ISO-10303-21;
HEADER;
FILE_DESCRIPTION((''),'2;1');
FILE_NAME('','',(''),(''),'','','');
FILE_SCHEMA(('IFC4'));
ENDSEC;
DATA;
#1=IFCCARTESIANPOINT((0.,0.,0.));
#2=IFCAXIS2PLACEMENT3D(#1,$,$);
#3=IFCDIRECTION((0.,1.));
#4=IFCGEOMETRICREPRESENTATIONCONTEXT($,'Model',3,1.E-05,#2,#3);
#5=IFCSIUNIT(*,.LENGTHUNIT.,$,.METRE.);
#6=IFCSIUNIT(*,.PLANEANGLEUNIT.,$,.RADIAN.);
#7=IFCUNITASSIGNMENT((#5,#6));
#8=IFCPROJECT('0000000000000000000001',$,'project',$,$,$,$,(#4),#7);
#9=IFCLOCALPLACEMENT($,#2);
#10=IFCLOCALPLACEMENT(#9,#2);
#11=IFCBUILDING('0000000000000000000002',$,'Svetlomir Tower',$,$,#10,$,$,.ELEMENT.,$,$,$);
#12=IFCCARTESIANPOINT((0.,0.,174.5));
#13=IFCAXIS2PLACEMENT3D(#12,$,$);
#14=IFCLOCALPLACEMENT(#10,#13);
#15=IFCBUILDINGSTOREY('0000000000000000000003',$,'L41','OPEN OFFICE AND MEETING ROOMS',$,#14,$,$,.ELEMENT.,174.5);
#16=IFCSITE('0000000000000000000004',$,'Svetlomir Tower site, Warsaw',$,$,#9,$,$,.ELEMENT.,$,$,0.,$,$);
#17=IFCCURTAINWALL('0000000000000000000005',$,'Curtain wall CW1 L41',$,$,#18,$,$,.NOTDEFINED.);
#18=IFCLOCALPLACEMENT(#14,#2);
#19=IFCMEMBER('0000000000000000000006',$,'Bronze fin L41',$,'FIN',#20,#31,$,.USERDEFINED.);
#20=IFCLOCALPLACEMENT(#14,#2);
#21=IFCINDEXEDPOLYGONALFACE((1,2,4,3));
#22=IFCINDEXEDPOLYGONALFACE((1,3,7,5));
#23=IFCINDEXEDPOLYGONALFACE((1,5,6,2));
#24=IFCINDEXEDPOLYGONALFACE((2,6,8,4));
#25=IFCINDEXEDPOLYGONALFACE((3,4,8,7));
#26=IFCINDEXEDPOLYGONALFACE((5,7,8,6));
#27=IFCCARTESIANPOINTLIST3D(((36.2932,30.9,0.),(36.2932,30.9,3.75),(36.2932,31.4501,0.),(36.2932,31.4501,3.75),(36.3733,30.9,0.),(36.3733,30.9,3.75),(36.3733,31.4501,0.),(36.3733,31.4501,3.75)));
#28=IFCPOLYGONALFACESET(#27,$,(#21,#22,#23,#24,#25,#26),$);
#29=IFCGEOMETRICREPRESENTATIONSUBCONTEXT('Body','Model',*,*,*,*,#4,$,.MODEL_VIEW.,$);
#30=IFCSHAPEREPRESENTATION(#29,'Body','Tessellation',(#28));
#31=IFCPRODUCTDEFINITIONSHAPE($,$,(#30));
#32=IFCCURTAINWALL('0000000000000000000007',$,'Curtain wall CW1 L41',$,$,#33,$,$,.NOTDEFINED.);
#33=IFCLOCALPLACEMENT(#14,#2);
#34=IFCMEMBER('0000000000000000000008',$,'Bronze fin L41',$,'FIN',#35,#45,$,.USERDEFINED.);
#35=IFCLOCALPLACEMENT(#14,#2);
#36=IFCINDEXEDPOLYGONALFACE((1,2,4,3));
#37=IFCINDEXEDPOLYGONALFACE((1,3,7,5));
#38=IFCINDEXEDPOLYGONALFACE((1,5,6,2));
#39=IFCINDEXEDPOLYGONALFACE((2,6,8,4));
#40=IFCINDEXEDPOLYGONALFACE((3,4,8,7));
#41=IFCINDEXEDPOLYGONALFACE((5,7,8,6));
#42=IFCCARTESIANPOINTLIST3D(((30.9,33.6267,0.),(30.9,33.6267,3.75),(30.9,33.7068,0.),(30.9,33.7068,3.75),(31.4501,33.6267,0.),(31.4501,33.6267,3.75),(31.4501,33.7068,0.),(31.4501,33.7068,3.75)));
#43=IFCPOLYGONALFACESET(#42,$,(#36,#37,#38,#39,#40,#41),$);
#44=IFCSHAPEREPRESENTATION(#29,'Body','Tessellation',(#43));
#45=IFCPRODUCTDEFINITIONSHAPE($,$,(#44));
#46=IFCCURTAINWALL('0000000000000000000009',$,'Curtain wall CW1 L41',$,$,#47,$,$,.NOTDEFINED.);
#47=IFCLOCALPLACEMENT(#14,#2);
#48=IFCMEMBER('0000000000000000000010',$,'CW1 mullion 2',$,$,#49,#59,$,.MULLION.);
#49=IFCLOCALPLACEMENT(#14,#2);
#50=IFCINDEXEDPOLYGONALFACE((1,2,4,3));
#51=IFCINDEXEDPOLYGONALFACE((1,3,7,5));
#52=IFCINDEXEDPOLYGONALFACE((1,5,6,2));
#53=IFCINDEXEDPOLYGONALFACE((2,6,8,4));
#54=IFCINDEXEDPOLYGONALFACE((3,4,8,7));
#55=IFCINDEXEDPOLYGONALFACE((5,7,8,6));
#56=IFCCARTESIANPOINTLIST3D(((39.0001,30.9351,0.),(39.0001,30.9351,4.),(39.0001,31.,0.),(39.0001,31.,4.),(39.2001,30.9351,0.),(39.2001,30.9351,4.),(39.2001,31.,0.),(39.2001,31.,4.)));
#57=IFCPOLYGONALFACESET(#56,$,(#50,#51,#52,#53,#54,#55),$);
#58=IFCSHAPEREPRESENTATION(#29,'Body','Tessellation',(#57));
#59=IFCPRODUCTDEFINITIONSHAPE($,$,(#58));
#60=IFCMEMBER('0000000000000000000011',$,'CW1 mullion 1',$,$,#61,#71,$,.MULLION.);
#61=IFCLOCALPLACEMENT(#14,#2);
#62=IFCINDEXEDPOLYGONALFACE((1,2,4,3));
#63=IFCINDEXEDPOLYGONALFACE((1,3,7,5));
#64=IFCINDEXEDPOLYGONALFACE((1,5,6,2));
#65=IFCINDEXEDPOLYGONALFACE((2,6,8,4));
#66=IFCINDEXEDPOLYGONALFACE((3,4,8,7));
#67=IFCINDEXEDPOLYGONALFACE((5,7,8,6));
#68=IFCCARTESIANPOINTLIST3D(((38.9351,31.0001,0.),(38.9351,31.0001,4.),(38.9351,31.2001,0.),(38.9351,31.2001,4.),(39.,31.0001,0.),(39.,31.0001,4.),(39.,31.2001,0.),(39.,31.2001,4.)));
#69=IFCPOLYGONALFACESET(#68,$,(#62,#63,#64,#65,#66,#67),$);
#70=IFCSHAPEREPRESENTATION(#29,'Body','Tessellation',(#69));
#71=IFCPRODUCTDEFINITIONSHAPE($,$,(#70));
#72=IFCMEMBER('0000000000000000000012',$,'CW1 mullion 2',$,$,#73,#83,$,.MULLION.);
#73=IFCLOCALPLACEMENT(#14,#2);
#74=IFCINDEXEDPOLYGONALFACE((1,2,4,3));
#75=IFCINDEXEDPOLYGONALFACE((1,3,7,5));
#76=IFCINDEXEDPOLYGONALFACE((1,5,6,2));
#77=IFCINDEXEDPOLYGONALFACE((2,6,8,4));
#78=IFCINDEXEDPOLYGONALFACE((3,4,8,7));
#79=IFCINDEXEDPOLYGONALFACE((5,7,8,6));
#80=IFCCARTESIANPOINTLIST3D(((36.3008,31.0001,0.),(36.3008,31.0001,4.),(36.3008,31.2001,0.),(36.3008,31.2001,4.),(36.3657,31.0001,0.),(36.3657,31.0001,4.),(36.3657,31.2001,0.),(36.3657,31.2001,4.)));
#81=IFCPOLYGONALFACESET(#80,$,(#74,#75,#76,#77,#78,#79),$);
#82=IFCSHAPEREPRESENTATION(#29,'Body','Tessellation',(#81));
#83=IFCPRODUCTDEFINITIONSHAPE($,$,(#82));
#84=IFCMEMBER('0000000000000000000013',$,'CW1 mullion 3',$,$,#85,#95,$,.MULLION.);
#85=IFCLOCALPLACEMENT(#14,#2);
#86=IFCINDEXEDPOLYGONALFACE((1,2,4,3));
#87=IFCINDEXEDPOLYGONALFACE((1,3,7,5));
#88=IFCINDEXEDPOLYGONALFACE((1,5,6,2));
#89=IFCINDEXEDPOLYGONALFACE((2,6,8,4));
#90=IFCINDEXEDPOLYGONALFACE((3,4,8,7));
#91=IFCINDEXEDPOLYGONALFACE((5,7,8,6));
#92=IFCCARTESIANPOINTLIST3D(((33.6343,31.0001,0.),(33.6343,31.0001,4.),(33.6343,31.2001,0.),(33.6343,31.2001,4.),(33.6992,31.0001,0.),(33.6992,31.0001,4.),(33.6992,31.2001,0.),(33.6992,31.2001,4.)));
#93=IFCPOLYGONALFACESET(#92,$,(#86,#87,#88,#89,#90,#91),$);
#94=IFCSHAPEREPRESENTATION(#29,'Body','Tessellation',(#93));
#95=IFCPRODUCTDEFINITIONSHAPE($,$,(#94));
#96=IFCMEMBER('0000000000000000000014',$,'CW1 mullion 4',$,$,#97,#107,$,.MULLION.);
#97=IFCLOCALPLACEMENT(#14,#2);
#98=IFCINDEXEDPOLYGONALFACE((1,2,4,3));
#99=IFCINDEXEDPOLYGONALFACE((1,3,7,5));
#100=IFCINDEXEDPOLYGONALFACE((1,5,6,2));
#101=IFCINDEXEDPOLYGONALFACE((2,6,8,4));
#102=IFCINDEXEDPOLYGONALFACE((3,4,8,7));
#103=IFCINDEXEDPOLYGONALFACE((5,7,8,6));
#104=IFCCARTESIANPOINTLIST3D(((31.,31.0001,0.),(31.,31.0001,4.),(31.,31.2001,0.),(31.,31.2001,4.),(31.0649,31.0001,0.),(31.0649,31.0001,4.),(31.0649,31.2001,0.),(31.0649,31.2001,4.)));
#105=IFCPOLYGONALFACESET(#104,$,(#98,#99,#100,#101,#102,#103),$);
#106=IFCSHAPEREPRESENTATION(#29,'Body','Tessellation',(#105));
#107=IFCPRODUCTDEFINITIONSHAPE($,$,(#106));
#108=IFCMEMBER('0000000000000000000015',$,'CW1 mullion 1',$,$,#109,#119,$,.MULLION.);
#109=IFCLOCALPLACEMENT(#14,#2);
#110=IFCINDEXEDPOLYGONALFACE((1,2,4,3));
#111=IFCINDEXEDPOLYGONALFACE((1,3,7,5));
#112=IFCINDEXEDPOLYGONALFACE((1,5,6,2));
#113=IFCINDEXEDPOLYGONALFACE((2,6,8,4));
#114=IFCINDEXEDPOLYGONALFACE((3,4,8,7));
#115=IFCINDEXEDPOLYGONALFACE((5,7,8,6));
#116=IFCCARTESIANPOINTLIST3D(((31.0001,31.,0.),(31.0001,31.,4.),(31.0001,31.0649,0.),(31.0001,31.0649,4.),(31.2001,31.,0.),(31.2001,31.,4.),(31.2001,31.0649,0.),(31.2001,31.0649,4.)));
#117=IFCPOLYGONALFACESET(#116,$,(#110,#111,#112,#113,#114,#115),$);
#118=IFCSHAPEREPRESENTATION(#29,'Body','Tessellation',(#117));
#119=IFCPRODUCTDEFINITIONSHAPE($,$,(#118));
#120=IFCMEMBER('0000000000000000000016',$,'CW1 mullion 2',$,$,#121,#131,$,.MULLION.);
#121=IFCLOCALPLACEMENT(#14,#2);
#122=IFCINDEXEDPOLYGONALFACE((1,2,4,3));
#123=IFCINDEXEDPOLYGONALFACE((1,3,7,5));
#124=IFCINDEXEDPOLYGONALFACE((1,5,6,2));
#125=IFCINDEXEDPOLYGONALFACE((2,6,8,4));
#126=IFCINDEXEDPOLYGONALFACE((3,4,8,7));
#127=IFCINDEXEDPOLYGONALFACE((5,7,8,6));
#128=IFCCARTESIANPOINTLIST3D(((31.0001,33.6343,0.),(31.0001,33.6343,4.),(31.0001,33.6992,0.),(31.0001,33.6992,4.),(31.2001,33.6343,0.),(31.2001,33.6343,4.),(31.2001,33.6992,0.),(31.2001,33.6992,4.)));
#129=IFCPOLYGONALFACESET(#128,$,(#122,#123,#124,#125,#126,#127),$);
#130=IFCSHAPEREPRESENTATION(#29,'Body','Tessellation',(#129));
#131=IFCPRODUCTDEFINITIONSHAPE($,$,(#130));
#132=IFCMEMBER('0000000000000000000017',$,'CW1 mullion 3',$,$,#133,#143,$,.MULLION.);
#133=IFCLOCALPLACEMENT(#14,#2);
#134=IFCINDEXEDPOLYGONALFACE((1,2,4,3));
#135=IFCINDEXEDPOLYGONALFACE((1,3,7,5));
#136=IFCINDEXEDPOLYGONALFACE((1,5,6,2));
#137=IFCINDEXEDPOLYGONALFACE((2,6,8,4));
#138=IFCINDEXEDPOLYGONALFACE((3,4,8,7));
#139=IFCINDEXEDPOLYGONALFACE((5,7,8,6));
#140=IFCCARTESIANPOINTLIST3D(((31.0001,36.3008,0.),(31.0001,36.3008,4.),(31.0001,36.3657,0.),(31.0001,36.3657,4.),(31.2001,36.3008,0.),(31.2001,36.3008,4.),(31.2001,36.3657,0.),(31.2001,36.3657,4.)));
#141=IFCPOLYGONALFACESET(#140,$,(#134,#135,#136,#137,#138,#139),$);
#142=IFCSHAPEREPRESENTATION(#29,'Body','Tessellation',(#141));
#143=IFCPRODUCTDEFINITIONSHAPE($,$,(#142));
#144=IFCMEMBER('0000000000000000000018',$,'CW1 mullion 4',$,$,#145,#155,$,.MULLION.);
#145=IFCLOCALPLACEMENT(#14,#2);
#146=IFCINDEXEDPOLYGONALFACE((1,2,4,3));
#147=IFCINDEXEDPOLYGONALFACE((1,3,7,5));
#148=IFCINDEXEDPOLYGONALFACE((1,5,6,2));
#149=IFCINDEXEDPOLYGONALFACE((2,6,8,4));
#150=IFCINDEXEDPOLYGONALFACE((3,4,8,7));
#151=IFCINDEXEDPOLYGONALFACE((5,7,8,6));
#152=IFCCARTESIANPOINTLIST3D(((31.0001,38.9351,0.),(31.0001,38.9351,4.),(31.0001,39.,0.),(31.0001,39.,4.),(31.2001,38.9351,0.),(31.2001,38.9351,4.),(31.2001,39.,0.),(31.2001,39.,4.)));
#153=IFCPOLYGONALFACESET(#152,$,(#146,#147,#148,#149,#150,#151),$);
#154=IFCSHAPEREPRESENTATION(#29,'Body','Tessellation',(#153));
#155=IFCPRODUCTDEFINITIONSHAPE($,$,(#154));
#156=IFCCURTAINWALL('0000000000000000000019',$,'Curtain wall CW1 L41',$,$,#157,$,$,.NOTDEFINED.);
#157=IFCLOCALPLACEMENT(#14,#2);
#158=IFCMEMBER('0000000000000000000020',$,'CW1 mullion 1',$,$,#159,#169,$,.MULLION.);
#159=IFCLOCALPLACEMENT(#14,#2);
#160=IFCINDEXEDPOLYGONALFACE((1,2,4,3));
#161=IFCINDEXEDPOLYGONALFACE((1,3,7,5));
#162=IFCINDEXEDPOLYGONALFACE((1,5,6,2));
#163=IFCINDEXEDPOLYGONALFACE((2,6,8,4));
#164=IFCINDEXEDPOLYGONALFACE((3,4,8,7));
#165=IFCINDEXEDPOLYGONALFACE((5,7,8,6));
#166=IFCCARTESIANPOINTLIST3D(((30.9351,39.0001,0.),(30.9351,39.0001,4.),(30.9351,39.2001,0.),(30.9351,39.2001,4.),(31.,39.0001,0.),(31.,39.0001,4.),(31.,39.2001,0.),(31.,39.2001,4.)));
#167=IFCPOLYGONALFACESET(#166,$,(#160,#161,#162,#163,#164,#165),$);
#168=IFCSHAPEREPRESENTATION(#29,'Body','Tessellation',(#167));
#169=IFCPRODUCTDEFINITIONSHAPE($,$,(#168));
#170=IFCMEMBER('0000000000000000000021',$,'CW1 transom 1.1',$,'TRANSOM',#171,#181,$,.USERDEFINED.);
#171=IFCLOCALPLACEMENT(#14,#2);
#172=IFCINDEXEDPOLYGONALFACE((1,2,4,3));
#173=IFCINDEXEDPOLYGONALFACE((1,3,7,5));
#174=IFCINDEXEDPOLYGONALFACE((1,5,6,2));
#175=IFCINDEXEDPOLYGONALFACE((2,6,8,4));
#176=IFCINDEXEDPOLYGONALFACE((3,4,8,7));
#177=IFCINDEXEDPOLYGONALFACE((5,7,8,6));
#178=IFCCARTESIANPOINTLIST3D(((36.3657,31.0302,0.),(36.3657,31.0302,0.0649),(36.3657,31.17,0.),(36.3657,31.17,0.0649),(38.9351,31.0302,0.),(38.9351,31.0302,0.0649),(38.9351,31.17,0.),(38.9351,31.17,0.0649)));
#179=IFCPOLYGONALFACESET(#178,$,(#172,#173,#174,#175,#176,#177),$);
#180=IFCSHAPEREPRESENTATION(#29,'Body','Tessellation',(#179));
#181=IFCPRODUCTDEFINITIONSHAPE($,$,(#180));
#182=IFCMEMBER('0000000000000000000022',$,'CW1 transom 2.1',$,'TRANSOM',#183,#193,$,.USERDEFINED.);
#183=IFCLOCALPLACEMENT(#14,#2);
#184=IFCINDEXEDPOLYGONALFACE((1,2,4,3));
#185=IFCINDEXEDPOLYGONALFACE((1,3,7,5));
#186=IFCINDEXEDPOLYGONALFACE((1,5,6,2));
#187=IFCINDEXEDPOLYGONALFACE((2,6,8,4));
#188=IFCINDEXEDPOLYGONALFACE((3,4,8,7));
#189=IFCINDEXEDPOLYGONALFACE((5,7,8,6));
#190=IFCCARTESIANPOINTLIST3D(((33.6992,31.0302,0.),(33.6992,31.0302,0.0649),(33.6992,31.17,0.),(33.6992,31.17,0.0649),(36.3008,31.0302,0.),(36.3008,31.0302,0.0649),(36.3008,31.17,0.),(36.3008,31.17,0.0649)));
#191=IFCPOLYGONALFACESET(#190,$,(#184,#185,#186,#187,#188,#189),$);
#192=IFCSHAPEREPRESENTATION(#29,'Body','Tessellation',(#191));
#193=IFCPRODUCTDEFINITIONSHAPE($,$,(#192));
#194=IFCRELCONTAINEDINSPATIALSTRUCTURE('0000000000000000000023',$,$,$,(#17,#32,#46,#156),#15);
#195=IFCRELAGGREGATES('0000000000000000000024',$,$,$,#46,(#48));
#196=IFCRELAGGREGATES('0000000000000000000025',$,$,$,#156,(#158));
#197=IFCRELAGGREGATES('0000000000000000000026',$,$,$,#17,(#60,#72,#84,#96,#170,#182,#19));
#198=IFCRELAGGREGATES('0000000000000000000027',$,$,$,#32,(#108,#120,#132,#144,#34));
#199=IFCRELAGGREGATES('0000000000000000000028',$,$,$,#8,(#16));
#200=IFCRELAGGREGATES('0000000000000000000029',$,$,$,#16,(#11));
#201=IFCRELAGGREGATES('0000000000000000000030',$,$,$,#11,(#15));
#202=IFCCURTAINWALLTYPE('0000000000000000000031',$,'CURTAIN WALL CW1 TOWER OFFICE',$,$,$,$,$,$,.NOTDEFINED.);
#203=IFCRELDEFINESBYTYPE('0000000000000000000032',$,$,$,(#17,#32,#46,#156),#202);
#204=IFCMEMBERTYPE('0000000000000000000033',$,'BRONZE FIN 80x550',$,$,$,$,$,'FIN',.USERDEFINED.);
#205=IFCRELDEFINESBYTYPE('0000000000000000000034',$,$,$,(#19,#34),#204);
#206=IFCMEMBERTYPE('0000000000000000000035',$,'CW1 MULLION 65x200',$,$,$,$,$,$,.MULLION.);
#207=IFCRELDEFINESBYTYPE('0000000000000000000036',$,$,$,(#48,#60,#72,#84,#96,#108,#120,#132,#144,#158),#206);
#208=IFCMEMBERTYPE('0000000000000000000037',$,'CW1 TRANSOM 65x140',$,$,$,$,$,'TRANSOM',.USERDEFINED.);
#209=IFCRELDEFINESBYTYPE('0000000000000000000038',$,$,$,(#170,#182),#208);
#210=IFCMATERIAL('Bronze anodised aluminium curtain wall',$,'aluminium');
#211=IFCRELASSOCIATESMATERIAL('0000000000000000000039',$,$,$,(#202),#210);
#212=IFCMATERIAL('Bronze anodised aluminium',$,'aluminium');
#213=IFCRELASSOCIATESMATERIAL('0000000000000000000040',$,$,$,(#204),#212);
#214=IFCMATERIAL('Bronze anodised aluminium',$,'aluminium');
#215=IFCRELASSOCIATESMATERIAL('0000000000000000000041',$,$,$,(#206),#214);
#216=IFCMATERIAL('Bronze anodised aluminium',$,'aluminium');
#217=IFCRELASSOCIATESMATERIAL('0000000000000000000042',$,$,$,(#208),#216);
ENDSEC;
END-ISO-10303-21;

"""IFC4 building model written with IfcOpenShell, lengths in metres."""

from ifc_helpers import new_model, si_unit, direction, frame, origin, origin_2d, place, context, subcontext, project, spatial, rectangle, extrude, material, material_profile, profile_set, type_object, element, aggregate, save


model = new_model("IFC4")

# Units and contexts
model_context = context("Model", 3, precision=1e-05, world=origin(), true_north=direction((0.0, 1.0)))
body_context = subcontext(model_context, "Body", "Model", "MODEL_VIEW")
ifc_project = project(units=[si_unit("LENGTHUNIT", "METRE"), si_unit("PLANEANGLEUNIT", "RADIAN")], contexts=[model_context])

# Site, building, storey
site_placement = place(None, origin())
site = spatial("IfcSite", under=ifc_project, at=site_placement, Name="Svetlomir Tower site, Warsaw", CompositionType="ELEMENT", RefElevation=0.0)
building_placement = place(site_placement, origin())
building = spatial("IfcBuilding", under=site, at=building_placement, Name="Svetlomir Tower", CompositionType="ELEMENT")
storey_placement = place(building_placement, frame((0.0, 0.0, 174.5)))
storey = spatial("IfcBuildingStorey", under=building, at=storey_placement, Name="L41", Description="OPEN OFFICE AND MEETING ROOMS", CompositionType="ELEMENT", Elevation=174.5)

# Curtain walls, members
ifc_material_1 = material(Name="Bronze anodised aluminium curtain wall", Category="aluminium")
curtain_wall_type = type_object("IfcCurtainWallType", Name="CURTAIN WALL CW1 TOWER OFFICE", PredefinedType="NOTDEFINED", material=ifc_material_1)
curtain_wall_1_placement = place(storey_placement, origin())
curtain_wall_1 = element("IfcCurtainWall", 1, at=curtain_wall_1_placement, inside=storey, type_object=curtain_wall_type, Name="Curtain wall CW1 L41", PredefinedType="NOTDEFINED")
ifc_material_2 = material(Name="Bronze anodised aluminium", Category="aluminium")
ifc_material_profile_1 = material_profile(ifc_material_2, rectangle(XDim=0.0801, YDim=0.55, at=origin_2d()), Name="FIN 80x550")
ifc_profile_set_1 = profile_set([ifc_material_profile_1], Name="Bronze anodised aluminium 6063-T6")
member_type_1 = type_object("IfcMemberType", Name="BRONZE FIN 80x550", ElementType="FIN", PredefinedType="USERDEFINED", material=ifc_profile_set_1)
member_1_placement = place(storey_placement, frame((36.3333, 31.175, 0.0), z_axis=(0.0, 0.0, 1.0), x_axis=(1.0, 0.0, 0.0)))
member_1 = element("IfcMember", 2, at=member_1_placement, type_object=member_type_1, Name="Bronze fin L41", ObjectType="FIN", PredefinedType="USERDEFINED", context=body_context, shape_type="SweptSolid", body=[
    extrude(rectangle(XDim=0.0801, YDim=0.55, at=origin_2d()), origin(), (0.0, 0.0, 1.0), 3.75),
])
curtain_wall_2_placement = place(storey_placement, origin())
curtain_wall_2 = element("IfcCurtainWall", 3, at=curtain_wall_2_placement, inside=storey, type_object=curtain_wall_type, Name="Curtain wall CW1 L41", PredefinedType="NOTDEFINED")
member_2_placement = place(storey_placement, frame((31.175, 33.6667, 0.0), z_axis=(0.0, 0.0, 1.0), x_axis=(0.0, 1.0, 0.0)))
member_2 = element("IfcMember", 4, at=member_2_placement, type_object=member_type_1, Name="Bronze fin L41", ObjectType="FIN", PredefinedType="USERDEFINED", context=body_context, shape_type="SweptSolid", body=[
    extrude(rectangle(XDim=0.0801, YDim=0.55, at=origin_2d()), origin(), (0.0, 0.0, 1.0), 3.75),
])
curtain_wall_3_placement = place(storey_placement, origin())
curtain_wall_3 = element("IfcCurtainWall", 5, at=curtain_wall_3_placement, inside=storey, type_object=curtain_wall_type, Name="Curtain wall CW1 L41", PredefinedType="NOTDEFINED")
ifc_material_3 = material(Name="Bronze anodised aluminium", Category="aluminium")
ifc_material_profile_2 = material_profile(ifc_material_3, rectangle(XDim=0.0649, YDim=0.2, at=origin_2d()), Name="AL 65x200")
ifc_profile_set_2 = profile_set([ifc_material_profile_2], Name="Bronze anodised aluminium 6063-T6")
member_type_2 = type_object("IfcMemberType", Name="CW1 MULLION 65x200", PredefinedType="MULLION", material=ifc_profile_set_2)
member_3_placement = place(storey_placement, frame((39.1001, 30.9675, 0.0), z_axis=(0.0, 0.0, 1.0), x_axis=(0.0, 1.0, 0.0)))
member_3 = element("IfcMember", 6, at=member_3_placement, type_object=member_type_2, Name="CW1 mullion 2", PredefinedType="MULLION", context=body_context, shape_type="SweptSolid", body=[
    extrude(rectangle(XDim=0.0649, YDim=0.2, at=origin_2d()), origin(), (0.0, 0.0, 1.0), 4.0),
])
aggregate(curtain_wall_3, [member_3])

# Members
member_4_placement = place(storey_placement, frame((38.9675, 31.1001, 0.0), z_axis=(0.0, 0.0, 1.0), x_axis=(-1.0, 0.0, 0.0)))
member_4 = element("IfcMember", 7, at=member_4_placement, type_object=member_type_2, Name="CW1 mullion 1", PredefinedType="MULLION", context=body_context, shape_type="SweptSolid", body=[
    extrude(rectangle(XDim=0.0649, YDim=0.2, at=origin_2d()), origin(), (0.0, 0.0, 1.0), 4.0),
])
member_5_placement = place(storey_placement, frame((36.3333, 31.1001, 0.0), z_axis=(0.0, 0.0, 1.0), x_axis=(-1.0, 0.0, 0.0)))
member_5 = element("IfcMember", 8, at=member_5_placement, type_object=member_type_2, Name="CW1 mullion 2", PredefinedType="MULLION", context=body_context, shape_type="SweptSolid", body=[
    extrude(rectangle(XDim=0.0649, YDim=0.2, at=origin_2d()), origin(), (0.0, 0.0, 1.0), 4.0),
])
member_6_placement = place(storey_placement, frame((33.6667, 31.1001, 0.0), z_axis=(0.0, 0.0, 1.0), x_axis=(-1.0, 0.0, 0.0)))
member_6 = element("IfcMember", 9, at=member_6_placement, type_object=member_type_2, Name="CW1 mullion 3", PredefinedType="MULLION", context=body_context, shape_type="SweptSolid", body=[
    extrude(rectangle(XDim=0.0649, YDim=0.2, at=origin_2d()), origin(), (0.0, 0.0, 1.0), 4.0),
])
member_7_placement = place(storey_placement, frame((31.0325, 31.1001, 0.0), z_axis=(0.0, 0.0, 1.0), x_axis=(-1.0, 0.0, 0.0)))
member_7 = element("IfcMember", 10, at=member_7_placement, type_object=member_type_2, Name="CW1 mullion 4", PredefinedType="MULLION", context=body_context, shape_type="SweptSolid", body=[
    extrude(rectangle(XDim=0.0649, YDim=0.2, at=origin_2d()), origin(), (0.0, 0.0, 1.0), 4.0),
])
member_8_placement = place(storey_placement, frame((31.1001, 31.0325, 0.0), z_axis=(0.0, 0.0, 1.0), x_axis=(0.0, 1.0, 0.0)))
member_8 = element("IfcMember", 11, at=member_8_placement, type_object=member_type_2, Name="CW1 mullion 1", PredefinedType="MULLION", context=body_context, shape_type="SweptSolid", body=[
    extrude(rectangle(XDim=0.0649, YDim=0.2, at=origin_2d()), origin(), (0.0, 0.0, 1.0), 4.0),
])
member_9_placement = place(storey_placement, frame((31.1001, 33.6667, 0.0), z_axis=(0.0, 0.0, 1.0), x_axis=(0.0, 1.0, 0.0)))
member_9 = element("IfcMember", 12, at=member_9_placement, type_object=member_type_2, Name="CW1 mullion 2", PredefinedType="MULLION", context=body_context, shape_type="SweptSolid", body=[
    extrude(rectangle(XDim=0.0649, YDim=0.2, at=origin_2d()), origin(), (0.0, 0.0, 1.0), 4.0),
])
member_10_placement = place(storey_placement, frame((31.1001, 36.3333, 0.0), z_axis=(0.0, 0.0, 1.0), x_axis=(0.0, 1.0, 0.0)))
member_10 = element("IfcMember", 13, at=member_10_placement, type_object=member_type_2, Name="CW1 mullion 3", PredefinedType="MULLION", context=body_context, shape_type="SweptSolid", body=[
    extrude(rectangle(XDim=0.0649, YDim=0.2, at=origin_2d()), origin(), (0.0, 0.0, 1.0), 4.0),
])
member_11_placement = place(storey_placement, frame((31.1001, 38.9675, 0.0), z_axis=(0.0, 0.0, 1.0), x_axis=(0.0, 1.0, 0.0)))
member_11 = element("IfcMember", 14, at=member_11_placement, type_object=member_type_2, Name="CW1 mullion 4", PredefinedType="MULLION", context=body_context, shape_type="SweptSolid", body=[
    extrude(rectangle(XDim=0.0649, YDim=0.2, at=origin_2d()), origin(), (0.0, 0.0, 1.0), 4.0),
])

# Curtain wall, member
curtain_wall_4_placement = place(storey_placement, origin())
curtain_wall_4 = element("IfcCurtainWall", 15, at=curtain_wall_4_placement, inside=storey, type_object=curtain_wall_type, Name="Curtain wall CW1 L41", PredefinedType="NOTDEFINED")
member_12_placement = place(storey_placement, frame((30.9675, 39.1001, 0.0), z_axis=(0.0, 0.0, 1.0), x_axis=(-1.0, 0.0, 0.0)))
member_12 = element("IfcMember", 16, at=member_12_placement, type_object=member_type_2, Name="CW1 mullion 1", PredefinedType="MULLION", context=body_context, shape_type="SweptSolid", body=[
    extrude(rectangle(XDim=0.0649, YDim=0.2, at=origin_2d()), origin(), (0.0, 0.0, 1.0), 4.0),
])

# Members
ifc_material_4 = material(Name="Bronze anodised aluminium", Category="aluminium")
ifc_material_profile_3 = material_profile(ifc_material_4, rectangle(XDim=0.1399, YDim=0.0649, at=origin_2d()), Name="AL 140x65")
ifc_profile_set_3 = profile_set([ifc_material_profile_3], Name="Bronze anodised aluminium 6063-T6")
member_type_3 = type_object("IfcMemberType", Name="CW1 TRANSOM 65x140", ElementType="TRANSOM", PredefinedType="USERDEFINED", material=ifc_profile_set_3)
member_13_placement = place(storey_placement, frame((38.9351, 31.1001, 0.0325), z_axis=(-1.0, 0.0, 0.0), x_axis=(0.0, -1.0, 0.0)))
member_13 = element("IfcMember", 17, at=member_13_placement, type_object=member_type_3, Name="CW1 transom 1.1", ObjectType="TRANSOM", PredefinedType="USERDEFINED", context=body_context, shape_type="SweptSolid", body=[
    extrude(rectangle(XDim=0.1399, YDim=0.0649, at=origin_2d()), origin(), (0.0, 0.0, 1.0), 2.5693),
])
member_14_placement = place(storey_placement, frame((36.3008, 31.1001, 0.0325), z_axis=(-1.0, 0.0, 0.0), x_axis=(0.0, -1.0, 0.0)))
member_14 = element("IfcMember", 18, at=member_14_placement, type_object=member_type_3, Name="CW1 transom 2.1", ObjectType="TRANSOM", PredefinedType="USERDEFINED", context=body_context, shape_type="SweptSolid", body=[
    extrude(rectangle(XDim=0.1399, YDim=0.0649, at=origin_2d()), origin(), (0.0, 0.0, 1.0), 2.6016),
])
aggregate(curtain_wall_4, [member_12])

aggregate(curtain_wall_1, [member_4, member_5, member_6, member_7, member_13, member_14, member_1])
aggregate(curtain_wall_2, [member_8, member_9, member_10, member_11, member_2])

save(model, "model.ifc")
